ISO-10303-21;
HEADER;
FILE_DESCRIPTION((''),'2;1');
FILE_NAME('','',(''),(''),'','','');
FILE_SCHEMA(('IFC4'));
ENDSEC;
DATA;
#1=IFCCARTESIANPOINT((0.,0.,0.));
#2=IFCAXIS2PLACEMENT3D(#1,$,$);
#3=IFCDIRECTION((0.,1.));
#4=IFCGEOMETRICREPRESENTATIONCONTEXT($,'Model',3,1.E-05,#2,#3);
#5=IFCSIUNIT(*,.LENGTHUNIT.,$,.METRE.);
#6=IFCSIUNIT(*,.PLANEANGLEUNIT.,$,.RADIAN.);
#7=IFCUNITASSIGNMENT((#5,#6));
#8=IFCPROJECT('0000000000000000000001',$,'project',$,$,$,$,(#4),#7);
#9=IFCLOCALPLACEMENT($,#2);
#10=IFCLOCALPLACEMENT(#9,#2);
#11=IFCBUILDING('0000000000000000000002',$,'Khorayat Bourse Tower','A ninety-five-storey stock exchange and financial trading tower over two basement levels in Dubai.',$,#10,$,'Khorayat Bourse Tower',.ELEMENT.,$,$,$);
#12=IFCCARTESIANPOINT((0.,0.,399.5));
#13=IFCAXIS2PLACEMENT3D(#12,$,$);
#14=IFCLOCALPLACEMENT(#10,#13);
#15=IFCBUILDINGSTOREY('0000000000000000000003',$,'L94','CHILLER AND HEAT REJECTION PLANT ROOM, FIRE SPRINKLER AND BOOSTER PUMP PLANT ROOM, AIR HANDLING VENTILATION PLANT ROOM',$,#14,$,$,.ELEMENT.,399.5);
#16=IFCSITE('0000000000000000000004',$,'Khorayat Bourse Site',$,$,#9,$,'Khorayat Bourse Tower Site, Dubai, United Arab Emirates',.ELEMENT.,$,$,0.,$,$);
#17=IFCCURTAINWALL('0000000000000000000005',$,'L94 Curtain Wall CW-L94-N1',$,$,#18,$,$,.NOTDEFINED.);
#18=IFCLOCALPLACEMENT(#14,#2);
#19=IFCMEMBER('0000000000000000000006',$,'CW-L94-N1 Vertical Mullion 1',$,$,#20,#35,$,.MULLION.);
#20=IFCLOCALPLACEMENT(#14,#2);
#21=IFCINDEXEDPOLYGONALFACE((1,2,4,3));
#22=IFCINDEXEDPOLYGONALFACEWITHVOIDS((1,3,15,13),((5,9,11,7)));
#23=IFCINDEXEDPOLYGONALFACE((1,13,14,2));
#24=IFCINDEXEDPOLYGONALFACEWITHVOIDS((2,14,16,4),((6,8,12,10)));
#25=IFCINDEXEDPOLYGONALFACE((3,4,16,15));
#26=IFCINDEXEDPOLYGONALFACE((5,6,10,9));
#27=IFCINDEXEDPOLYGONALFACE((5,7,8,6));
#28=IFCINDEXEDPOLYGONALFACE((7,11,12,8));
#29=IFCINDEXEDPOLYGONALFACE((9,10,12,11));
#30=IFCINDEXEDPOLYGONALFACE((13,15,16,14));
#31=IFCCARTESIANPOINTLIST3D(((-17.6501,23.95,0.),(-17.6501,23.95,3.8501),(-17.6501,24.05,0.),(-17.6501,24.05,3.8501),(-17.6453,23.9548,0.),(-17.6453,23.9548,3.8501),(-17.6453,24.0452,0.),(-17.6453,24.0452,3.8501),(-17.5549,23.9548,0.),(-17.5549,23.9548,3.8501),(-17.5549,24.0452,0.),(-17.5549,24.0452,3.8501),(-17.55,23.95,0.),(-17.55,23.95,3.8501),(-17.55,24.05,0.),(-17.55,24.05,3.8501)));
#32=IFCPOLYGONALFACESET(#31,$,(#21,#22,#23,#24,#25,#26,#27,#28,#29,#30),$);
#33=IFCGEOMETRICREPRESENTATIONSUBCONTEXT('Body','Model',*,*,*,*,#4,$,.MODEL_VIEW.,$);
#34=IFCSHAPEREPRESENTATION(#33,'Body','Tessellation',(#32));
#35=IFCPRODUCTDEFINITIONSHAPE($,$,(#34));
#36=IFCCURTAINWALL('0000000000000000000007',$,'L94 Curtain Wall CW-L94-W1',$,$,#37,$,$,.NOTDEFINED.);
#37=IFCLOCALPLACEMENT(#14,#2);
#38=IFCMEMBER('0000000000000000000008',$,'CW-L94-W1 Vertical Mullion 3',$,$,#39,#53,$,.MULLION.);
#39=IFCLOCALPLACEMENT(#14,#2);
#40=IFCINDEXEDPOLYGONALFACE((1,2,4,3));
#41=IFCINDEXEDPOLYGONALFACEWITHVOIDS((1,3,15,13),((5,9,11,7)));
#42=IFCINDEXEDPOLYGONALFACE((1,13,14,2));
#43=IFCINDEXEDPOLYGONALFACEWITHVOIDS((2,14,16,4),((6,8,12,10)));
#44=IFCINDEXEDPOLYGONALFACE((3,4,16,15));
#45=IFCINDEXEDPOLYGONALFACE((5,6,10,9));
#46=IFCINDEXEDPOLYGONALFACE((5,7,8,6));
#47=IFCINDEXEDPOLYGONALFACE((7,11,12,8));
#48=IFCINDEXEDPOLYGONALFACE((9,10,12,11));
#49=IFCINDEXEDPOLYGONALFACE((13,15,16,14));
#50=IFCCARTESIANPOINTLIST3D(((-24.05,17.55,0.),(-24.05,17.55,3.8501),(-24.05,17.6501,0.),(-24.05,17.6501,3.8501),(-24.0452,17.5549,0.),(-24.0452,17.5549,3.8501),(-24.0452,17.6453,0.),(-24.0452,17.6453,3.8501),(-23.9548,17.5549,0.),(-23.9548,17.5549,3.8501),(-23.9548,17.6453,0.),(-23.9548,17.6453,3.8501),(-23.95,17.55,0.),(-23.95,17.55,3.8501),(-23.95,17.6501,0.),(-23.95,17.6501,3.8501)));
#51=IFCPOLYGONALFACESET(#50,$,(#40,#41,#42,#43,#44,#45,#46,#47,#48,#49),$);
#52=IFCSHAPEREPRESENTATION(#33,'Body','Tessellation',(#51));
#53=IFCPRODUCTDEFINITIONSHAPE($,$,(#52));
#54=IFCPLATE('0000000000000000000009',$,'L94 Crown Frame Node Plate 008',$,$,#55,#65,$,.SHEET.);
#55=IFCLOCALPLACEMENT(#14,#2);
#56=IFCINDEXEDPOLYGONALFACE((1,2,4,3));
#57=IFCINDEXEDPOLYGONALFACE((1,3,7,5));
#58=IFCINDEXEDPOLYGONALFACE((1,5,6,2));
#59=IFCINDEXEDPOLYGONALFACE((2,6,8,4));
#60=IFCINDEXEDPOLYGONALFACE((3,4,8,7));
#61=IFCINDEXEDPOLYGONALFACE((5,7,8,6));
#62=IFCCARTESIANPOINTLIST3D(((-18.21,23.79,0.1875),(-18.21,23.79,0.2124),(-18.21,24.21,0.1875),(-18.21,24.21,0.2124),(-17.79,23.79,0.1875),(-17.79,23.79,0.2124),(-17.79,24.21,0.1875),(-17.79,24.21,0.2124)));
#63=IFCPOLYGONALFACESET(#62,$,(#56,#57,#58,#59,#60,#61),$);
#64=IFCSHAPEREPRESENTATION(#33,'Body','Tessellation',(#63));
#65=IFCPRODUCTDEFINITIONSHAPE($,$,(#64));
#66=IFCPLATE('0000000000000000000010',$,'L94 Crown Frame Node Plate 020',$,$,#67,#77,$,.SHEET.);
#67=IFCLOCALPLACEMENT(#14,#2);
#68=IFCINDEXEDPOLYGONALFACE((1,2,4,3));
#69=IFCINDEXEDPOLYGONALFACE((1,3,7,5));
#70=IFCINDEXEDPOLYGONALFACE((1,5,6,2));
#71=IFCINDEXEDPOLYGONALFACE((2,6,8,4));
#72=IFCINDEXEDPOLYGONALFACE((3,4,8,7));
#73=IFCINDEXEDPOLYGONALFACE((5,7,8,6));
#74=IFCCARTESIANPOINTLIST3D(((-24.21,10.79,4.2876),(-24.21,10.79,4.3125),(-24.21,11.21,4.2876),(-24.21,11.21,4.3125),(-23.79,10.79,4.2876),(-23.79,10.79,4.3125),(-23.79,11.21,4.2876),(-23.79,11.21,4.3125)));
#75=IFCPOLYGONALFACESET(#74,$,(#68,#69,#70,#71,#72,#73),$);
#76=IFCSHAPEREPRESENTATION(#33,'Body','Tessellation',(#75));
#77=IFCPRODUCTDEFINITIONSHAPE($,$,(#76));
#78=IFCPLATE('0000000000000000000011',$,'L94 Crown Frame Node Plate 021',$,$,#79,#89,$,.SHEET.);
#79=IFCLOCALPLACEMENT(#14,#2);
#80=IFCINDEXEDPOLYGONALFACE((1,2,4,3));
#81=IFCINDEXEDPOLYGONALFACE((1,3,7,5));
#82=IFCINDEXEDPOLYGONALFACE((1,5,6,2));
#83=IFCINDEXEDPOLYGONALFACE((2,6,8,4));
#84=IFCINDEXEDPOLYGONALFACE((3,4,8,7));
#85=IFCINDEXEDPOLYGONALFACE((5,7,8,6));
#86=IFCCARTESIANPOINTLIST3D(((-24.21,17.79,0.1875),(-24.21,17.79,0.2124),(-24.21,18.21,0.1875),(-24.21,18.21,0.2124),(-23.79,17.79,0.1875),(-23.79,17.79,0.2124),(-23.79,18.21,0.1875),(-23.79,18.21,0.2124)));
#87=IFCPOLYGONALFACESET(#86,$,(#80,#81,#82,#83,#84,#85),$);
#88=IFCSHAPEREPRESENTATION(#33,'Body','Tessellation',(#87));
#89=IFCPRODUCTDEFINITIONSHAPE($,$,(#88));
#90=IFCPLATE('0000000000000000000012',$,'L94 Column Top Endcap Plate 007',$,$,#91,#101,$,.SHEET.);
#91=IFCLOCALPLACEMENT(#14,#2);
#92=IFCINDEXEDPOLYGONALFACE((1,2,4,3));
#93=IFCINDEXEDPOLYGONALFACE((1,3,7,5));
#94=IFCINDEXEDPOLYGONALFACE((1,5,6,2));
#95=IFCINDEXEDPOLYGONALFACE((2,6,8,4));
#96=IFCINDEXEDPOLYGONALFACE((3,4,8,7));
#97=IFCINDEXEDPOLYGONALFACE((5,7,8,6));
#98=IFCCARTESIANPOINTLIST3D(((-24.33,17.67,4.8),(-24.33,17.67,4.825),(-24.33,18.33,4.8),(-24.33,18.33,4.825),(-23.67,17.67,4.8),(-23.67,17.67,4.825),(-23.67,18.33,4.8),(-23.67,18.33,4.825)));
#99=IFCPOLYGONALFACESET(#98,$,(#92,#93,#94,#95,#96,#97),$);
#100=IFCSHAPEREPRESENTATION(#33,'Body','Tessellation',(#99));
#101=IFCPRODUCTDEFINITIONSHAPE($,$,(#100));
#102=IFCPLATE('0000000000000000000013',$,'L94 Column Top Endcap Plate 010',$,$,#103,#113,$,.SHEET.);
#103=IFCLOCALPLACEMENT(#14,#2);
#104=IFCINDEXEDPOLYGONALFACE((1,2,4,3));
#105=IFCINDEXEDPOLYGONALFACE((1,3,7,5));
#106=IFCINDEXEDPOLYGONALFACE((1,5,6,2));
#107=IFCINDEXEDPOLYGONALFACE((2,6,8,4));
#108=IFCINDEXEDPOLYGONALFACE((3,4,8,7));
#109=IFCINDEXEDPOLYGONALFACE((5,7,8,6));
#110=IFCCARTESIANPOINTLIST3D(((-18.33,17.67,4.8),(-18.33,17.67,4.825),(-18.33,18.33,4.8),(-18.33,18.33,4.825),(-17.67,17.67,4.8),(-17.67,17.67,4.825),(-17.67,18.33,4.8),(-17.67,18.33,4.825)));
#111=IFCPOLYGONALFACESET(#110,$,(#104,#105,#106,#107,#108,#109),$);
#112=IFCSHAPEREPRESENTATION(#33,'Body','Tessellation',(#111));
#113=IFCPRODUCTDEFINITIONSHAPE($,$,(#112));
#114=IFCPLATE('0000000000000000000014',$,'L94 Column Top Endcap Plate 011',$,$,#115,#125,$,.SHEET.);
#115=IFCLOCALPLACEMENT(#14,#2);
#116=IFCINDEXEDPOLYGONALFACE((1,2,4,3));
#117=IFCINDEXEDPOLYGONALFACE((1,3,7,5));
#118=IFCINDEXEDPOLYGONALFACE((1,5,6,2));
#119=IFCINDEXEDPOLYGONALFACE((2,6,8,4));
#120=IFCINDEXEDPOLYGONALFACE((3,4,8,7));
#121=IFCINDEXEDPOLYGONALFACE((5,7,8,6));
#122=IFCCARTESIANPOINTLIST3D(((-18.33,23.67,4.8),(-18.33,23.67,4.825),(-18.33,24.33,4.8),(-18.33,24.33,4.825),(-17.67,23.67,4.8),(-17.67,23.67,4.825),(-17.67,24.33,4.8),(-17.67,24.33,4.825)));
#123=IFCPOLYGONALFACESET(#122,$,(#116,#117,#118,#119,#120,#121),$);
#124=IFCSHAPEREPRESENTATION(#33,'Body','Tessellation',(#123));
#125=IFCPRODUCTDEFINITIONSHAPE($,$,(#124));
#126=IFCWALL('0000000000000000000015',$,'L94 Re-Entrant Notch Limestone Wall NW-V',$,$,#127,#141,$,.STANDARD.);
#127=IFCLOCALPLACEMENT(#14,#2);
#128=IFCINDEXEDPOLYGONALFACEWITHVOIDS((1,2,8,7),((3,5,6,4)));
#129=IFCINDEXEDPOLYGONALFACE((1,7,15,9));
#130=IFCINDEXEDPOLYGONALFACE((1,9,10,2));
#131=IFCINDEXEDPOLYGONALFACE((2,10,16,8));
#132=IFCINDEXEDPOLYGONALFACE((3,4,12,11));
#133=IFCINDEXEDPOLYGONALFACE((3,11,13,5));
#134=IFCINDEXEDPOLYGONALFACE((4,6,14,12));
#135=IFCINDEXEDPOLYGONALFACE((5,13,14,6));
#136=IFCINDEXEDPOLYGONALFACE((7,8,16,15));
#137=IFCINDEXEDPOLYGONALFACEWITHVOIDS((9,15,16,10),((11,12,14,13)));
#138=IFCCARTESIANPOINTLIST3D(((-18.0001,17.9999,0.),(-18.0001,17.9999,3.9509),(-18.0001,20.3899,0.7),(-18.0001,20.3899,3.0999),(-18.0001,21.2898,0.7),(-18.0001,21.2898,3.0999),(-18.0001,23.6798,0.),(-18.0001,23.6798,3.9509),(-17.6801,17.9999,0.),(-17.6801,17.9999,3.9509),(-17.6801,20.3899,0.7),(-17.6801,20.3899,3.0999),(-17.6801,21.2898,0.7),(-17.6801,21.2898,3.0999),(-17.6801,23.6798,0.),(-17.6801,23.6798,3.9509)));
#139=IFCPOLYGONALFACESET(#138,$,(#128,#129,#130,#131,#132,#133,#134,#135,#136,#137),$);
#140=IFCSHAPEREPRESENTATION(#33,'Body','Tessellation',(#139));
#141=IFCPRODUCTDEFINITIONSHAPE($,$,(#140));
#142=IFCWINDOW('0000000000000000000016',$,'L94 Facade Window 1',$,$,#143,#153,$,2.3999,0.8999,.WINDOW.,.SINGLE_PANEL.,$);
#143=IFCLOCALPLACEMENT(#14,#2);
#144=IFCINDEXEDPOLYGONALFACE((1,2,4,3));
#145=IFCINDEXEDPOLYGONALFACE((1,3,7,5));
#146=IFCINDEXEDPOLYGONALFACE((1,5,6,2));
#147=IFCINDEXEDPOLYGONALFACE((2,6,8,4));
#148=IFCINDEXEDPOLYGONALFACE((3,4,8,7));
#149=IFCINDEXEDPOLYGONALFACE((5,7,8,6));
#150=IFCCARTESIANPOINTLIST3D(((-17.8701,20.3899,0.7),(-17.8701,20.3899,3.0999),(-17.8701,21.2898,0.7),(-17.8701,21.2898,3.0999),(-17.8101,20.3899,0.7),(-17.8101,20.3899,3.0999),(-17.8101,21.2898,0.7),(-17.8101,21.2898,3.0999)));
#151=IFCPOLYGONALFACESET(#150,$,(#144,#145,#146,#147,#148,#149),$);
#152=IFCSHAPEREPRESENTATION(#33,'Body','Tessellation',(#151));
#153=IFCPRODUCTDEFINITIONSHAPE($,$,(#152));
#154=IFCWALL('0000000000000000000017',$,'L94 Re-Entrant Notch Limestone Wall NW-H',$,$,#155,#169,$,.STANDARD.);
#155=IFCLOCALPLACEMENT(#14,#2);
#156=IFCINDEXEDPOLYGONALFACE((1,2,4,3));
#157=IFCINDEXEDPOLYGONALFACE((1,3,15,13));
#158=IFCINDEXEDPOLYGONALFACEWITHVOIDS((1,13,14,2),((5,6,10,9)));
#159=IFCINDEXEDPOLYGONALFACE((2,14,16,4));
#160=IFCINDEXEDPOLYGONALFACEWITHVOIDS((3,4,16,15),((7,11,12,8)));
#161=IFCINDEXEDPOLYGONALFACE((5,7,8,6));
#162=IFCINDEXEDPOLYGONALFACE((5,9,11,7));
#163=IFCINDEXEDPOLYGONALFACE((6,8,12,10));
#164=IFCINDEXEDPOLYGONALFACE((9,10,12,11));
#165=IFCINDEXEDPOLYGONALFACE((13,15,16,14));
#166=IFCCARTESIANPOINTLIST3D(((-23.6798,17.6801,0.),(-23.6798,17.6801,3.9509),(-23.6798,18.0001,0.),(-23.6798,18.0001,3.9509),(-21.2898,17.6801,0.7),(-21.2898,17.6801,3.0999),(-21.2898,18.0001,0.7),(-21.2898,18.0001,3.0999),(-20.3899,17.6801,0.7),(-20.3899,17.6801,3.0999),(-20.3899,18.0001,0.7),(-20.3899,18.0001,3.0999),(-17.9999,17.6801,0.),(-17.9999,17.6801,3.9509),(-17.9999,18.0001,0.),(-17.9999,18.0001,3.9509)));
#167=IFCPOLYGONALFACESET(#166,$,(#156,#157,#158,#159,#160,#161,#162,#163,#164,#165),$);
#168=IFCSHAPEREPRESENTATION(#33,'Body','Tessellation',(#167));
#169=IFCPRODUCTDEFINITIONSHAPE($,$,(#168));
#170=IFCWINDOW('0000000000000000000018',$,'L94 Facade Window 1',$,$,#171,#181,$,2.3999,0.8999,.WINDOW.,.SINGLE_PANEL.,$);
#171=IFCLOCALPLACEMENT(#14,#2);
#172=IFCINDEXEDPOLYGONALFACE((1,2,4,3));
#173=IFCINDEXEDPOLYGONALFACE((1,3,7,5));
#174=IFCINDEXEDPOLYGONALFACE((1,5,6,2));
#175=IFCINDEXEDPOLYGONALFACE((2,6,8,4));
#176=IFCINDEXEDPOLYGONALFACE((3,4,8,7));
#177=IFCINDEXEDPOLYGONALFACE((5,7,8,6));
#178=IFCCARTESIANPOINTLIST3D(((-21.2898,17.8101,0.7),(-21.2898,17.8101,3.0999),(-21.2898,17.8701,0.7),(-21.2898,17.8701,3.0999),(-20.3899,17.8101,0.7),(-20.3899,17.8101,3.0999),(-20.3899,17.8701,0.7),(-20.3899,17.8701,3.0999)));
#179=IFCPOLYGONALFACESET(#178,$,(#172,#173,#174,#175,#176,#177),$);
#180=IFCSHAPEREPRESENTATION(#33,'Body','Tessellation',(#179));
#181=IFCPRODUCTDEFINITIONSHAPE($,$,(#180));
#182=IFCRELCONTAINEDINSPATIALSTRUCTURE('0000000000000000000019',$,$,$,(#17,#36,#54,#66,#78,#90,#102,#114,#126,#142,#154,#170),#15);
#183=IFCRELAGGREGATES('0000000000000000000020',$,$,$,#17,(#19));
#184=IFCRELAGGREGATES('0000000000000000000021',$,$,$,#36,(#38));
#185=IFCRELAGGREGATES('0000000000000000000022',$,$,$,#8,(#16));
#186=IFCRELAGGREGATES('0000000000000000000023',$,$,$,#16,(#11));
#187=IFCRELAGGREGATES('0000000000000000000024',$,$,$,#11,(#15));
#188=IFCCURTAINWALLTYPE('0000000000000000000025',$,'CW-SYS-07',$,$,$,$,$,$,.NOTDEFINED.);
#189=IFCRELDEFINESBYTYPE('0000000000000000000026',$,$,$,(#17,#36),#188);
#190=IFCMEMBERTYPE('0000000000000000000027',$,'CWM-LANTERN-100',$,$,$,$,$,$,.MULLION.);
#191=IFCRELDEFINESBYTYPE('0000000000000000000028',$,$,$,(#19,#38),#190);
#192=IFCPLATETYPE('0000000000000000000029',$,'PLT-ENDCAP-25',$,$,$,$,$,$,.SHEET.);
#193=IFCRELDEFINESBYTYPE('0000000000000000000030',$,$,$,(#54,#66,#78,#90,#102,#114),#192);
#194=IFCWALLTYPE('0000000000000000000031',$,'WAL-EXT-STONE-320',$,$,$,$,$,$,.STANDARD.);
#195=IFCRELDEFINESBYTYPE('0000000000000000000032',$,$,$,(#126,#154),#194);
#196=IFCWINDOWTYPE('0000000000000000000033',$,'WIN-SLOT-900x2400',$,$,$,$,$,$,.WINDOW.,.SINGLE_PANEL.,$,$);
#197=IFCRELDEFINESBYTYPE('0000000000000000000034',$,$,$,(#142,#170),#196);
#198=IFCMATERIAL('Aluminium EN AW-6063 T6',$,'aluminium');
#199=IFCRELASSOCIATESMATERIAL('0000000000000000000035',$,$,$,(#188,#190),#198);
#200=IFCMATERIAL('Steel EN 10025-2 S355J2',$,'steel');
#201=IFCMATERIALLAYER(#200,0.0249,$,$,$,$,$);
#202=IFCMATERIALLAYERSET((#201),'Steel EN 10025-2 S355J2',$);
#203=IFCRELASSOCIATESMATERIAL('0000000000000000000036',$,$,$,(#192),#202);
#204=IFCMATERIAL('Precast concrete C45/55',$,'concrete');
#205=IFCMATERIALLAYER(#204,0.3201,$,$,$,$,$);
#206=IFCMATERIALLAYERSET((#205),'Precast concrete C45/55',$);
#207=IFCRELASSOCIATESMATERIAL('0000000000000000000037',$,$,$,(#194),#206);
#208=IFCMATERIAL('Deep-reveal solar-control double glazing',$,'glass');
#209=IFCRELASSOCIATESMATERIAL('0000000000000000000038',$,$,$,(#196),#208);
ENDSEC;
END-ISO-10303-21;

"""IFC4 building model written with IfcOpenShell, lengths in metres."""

from ifc_helpers import new_model, si_unit, direction, frame, frame_2d, origin, origin_2d, place, context, subcontext, project, spatial, rectangle, hollow_rectangle, extrude, source, transform, mapped, material, layer, layer_set, material_profile, profile_set, type_object, element, fill, aggregate, save


model = new_model("IFC4")

# Units and contexts
model_context = context("Model", 3, precision=1e-05, world=origin(), true_north=direction((0.0, 1.0)))
body_context = subcontext(model_context, "Body", "Model", "MODEL_VIEW")
ifc_project = project(units=[si_unit("LENGTHUNIT", "METRE"), si_unit("PLANEANGLEUNIT", "RADIAN")], contexts=[model_context])

# Site, building, storey
site_placement = place(None, origin())
site = spatial("IfcSite", under=ifc_project, at=site_placement, Name="Khorayat Bourse Site", LongName="Khorayat Bourse Tower Site, Dubai, United Arab Emirates", CompositionType="ELEMENT", RefElevation=0.0)
building_placement = place(site_placement, origin())
building = spatial("IfcBuilding", under=site, at=building_placement, Name="Khorayat Bourse Tower", Description="A ninety-five-storey stock exchange and financial trading tower over two basement levels in Dubai.", LongName="Khorayat Bourse Tower", CompositionType="ELEMENT")
storey_placement = place(building_placement, frame((0.0, 0.0, 399.5)))
storey = spatial("IfcBuildingStorey", under=building, at=storey_placement, Name="L94", Description="CHILLER AND HEAT REJECTION PLANT ROOM, FIRE SPRINKLER AND BOOSTER PUMP PLANT ROOM, AIR HANDLING VENTILATION PLANT ROOM", CompositionType="ELEMENT", Elevation=399.5)

# Shared definitions
ifc_material_1 = material(Name="Steel EN 10025-2 S355J2", Category="steel")

# Curtain walls, members
ifc_material_2 = material(Name="Aluminium EN AW-6063 T6", Category="aluminium")
curtain_wall_type = type_object("IfcCurtainWallType", Name="CW-SYS-07", PredefinedType="NOTDEFINED", material=ifc_material_2)
curtain_wall_1_placement = place(storey_placement, origin())
curtain_wall_1 = element("IfcCurtainWall", 1, at=curtain_wall_1_placement, inside=storey, type_object=curtain_wall_type, Name="L94 Curtain Wall CW-L94-N1", PredefinedType="NOTDEFINED")
ifc_material_profile_1 = material_profile(ifc_material_2, hollow_rectangle(XDim=0.1001, YDim=0.1001, WallThickness=0.0049, at=origin_2d()), Name="ALU 100x100x5")
ifc_profile_set_1 = profile_set([ifc_material_profile_1], Name="Aluminium EN AW-6063 T6")
member_type_1 = type_object("IfcMemberType", Name="CWM-LANTERN-100", PredefinedType="MULLION", material=ifc_profile_set_1)
shared_shape_1 = source(origin(), body_context, "Body", "SweptSolid", [
    extrude(hollow_rectangle(XDim=0.1001, YDim=0.1001, WallThickness=0.0049, at=origin_2d()), origin(), (0.0, 0.0, 1.0), 3.8501),
])
member_1_placement = place(storey_placement, frame((-17.6001, 24.0, 0.0), z_axis=(0.0, 0.0, 1.0), x_axis=(0.0, 1.0, 0.0)))
member_1 = element("IfcMember", 2, at=member_1_placement, type_object=member_type_1, Name="CW-L94-N1 Vertical Mullion 1", PredefinedType="MULLION", context=body_context, shape_type="MappedRepresentation", body=[
    mapped(shared_shape_1, transform((0.0, 0.0, 0.0), scale=1.0)),
])
aggregate(curtain_wall_1, [member_1])
curtain_wall_2_placement = place(storey_placement, origin())
curtain_wall_2 = element("IfcCurtainWall", 3, at=curtain_wall_2_placement, inside=storey, type_object=curtain_wall_type, Name="L94 Curtain Wall CW-L94-W1", PredefinedType="NOTDEFINED")
member_2_placement = place(storey_placement, frame((-24.0, 17.6001, 0.0), z_axis=(0.0, 0.0, 1.0), x_axis=(-1.0, 0.0, 0.0)))
member_2 = element("IfcMember", 4, at=member_2_placement, type_object=member_type_1, Name="CW-L94-W1 Vertical Mullion 3", PredefinedType="MULLION", context=body_context, shape_type="MappedRepresentation", body=[
    mapped(shared_shape_1, transform((0.0, 0.0, 0.0), scale=1.0)),
])
aggregate(curtain_wall_2, [member_2])

# Plates
ifc_layer_1 = layer(ifc_material_1, 0.0249)
ifc_layer_set_1 = layer_set([ifc_layer_1], Name="Steel EN 10025-2 S355J2")
plate_type = type_object("IfcPlateType", Name="PLT-ENDCAP-25", PredefinedType="SHEET", material=ifc_layer_set_1)
shared_shape_2 = source(origin(), body_context, "Body", "SweptSolid", [
    extrude(rectangle(XDim=0.4199, YDim=0.4199, at=origin_2d()), origin(), (0.0, 0.0, 1.0), 0.0249),
])
for number, where, z_axis, x_axis, name in (
    (5, (-18.0, 24.0, 0.1875), (0.0, 0.0, 1.0), (1.0, 0.0, 0.0), "L94 Crown Frame Node Plate 008"),
    (6, (-24.0, 11.0, 4.2876), (0.0, 0.0, 1.0), (1.0, 0.0, 0.0), "L94 Crown Frame Node Plate 020"),
    (7, (-24.0, 18.0, 0.1875), (0.0, 0.0, 1.0), (1.0, 0.0, 0.0), "L94 Crown Frame Node Plate 021"),
):
    element("IfcPlate", number, at=place(storey_placement, frame(where, z_axis=z_axis, x_axis=x_axis)), inside=storey, type_object=plate_type, Name=name, PredefinedType="SHEET", context=body_context, shape_type="MappedRepresentation", body=[
        mapped(shared_shape_2, transform((0.0, 0.0, 0.0), scale=1.0)),
    ])
shared_shape_3 = source(origin(), body_context, "Body", "SweptSolid", [
    extrude(rectangle(XDim=0.6599, YDim=0.6599, at=origin_2d()), origin(), (0.0, 0.0, 1.0), 0.0249),
])
for number, where, z_axis, x_axis, name in (
    (8, (-24.0, 18.0, 4.8), (0.0, 0.0, 1.0), (1.0, 0.0, 0.0), "L94 Column Top Endcap Plate 007"),
    (9, (-18.0, 18.0, 4.8), (0.0, 0.0, 1.0), (1.0, 0.0, 0.0), "L94 Column Top Endcap Plate 010"),
    (10, (-18.0, 24.0, 4.8), (0.0, 0.0, 1.0), (1.0, 0.0, 0.0), "L94 Column Top Endcap Plate 011"),
):
    element("IfcPlate", number, at=place(storey_placement, frame(where, z_axis=z_axis, x_axis=x_axis)), inside=storey, type_object=plate_type, Name=name, PredefinedType="SHEET", context=body_context, shape_type="MappedRepresentation", body=[
        mapped(shared_shape_3, transform((0.0, 0.0, 0.0), scale=1.0)),
    ])

# Walls, openings, windows
ifc_material_3 = material(Name="Precast concrete C45/55", Category="concrete")
ifc_layer_2 = layer(ifc_material_3, 0.3201)
ifc_layer_set_2 = layer_set([ifc_layer_2], Name="Precast concrete C45/55")
wall_type_1 = type_object("IfcWallType", Name="WAL-EXT-STONE-320", PredefinedType="STANDARD", material=ifc_layer_set_2)
shared_shape_4 = source(origin(), body_context, "Body", "SweptSolid", [
    extrude(rectangle(XDim=5.6799, YDim=0.3201, at=frame_2d((2.8398, 0.0))), origin(), (0.0, 0.0, 1.0), 3.9509),
])
wall_1_placement = place(storey_placement, frame((-17.8401, 18.0, 0.0), z_axis=(0.0, 0.0, 1.0), x_axis=(0.0, 1.0, 0.0)))
wall_1 = element("IfcWall", 11, at=wall_1_placement, inside=storey, type_object=wall_type_1, Name="L94 Re-Entrant Notch Limestone Wall NW-V", PredefinedType="STANDARD", context=body_context, shape_type="MappedRepresentation", body=[
    mapped(shared_shape_4, transform((0.0, 0.0, 0.0), scale=1.0)),
])
shared_shape_5 = source(origin(), body_context, "Body", "SweptSolid", [
    extrude(rectangle(XDim=0.8999, YDim=2.3999, at=frame_2d((0.45, 1.2))), frame((0.0, 0.1699, 0.0), z_axis=(0.0, -1.0, 0.0), x_axis=(1.0, 0.0, 0.0)), (0.0, 0.0, 1.0), 0.3401),
])
opening_1_placement = place(wall_1_placement, frame((2.3899, 0.0, 0.7)))
opening_1 = element("IfcOpeningElement", 12, at=opening_1_placement, cuts=wall_1, PredefinedType="OPENING", context=body_context, shape_type="MappedRepresentation", body=[
    mapped(shared_shape_5, transform((0.0, 0.0, 0.0), scale=1.0)),
])
ifc_material_4 = material(Name="Deep-reveal solar-control double glazing", Category="glass")
window_type = type_object("IfcWindowType", Name="WIN-SLOT-900x2400", PartitioningType="SINGLE_PANEL", PredefinedType="WINDOW", material=ifc_material_4)
shared_shape_6 = source(origin(), body_context, "Body", "SweptSolid", [
    extrude(rectangle(XDim=0.8999, YDim=2.3999, at=frame_2d((0.45, 1.2))), frame((0.0, 0.03, 0.0), z_axis=(0.0, -1.0, 0.0), x_axis=(1.0, 0.0, 0.0)), (0.0, 0.0, 1.0), 0.0601),
])
window_1_placement = place(opening_1_placement, origin())
window_1 = element("IfcWindow", 13, at=window_1_placement, inside=storey, type_object=window_type, Name="L94 Facade Window 1", OverallHeight=2.3999, OverallWidth=0.8999, PartitioningType="SINGLE_PANEL", PredefinedType="WINDOW", context=body_context, shape_type="MappedRepresentation", body=[
    mapped(shared_shape_6, transform((0.0, 0.0, 0.0), scale=1.0)),
])
fill(opening_1, window_1)
wall_2_placement = place(storey_placement, frame((-18.0, 17.8401, 0.0), z_axis=(0.0, 0.0, 1.0), x_axis=(-1.0, 0.0, 0.0)))
wall_2 = element("IfcWall", 14, at=wall_2_placement, inside=storey, type_object=wall_type_1, Name="L94 Re-Entrant Notch Limestone Wall NW-H", PredefinedType="STANDARD", context=body_context, shape_type="MappedRepresentation", body=[
    mapped(shared_shape_4, transform((0.0, 0.0, 0.0), scale=1.0)),
])
opening_2_placement = place(wall_2_placement, frame((2.3899, 0.0, 0.7)))
opening_2 = element("IfcOpeningElement", 15, at=opening_2_placement, cuts=wall_2, PredefinedType="OPENING", context=body_context, shape_type="MappedRepresentation", body=[
    mapped(shared_shape_5, transform((0.0, 0.0, 0.0), scale=1.0)),
])
window_2_placement = place(opening_2_placement, origin())
window_2 = element("IfcWindow", 16, at=window_2_placement, inside=storey, type_object=window_type, Name="L94 Facade Window 1", OverallHeight=2.3999, OverallWidth=0.8999, PartitioningType="SINGLE_PANEL", PredefinedType="WINDOW", context=body_context, shape_type="MappedRepresentation", body=[
    mapped(shared_shape_6, transform((0.0, 0.0, 0.0), scale=1.0)),
])
fill(opening_2, window_2)

save(model, "model.ifc")
